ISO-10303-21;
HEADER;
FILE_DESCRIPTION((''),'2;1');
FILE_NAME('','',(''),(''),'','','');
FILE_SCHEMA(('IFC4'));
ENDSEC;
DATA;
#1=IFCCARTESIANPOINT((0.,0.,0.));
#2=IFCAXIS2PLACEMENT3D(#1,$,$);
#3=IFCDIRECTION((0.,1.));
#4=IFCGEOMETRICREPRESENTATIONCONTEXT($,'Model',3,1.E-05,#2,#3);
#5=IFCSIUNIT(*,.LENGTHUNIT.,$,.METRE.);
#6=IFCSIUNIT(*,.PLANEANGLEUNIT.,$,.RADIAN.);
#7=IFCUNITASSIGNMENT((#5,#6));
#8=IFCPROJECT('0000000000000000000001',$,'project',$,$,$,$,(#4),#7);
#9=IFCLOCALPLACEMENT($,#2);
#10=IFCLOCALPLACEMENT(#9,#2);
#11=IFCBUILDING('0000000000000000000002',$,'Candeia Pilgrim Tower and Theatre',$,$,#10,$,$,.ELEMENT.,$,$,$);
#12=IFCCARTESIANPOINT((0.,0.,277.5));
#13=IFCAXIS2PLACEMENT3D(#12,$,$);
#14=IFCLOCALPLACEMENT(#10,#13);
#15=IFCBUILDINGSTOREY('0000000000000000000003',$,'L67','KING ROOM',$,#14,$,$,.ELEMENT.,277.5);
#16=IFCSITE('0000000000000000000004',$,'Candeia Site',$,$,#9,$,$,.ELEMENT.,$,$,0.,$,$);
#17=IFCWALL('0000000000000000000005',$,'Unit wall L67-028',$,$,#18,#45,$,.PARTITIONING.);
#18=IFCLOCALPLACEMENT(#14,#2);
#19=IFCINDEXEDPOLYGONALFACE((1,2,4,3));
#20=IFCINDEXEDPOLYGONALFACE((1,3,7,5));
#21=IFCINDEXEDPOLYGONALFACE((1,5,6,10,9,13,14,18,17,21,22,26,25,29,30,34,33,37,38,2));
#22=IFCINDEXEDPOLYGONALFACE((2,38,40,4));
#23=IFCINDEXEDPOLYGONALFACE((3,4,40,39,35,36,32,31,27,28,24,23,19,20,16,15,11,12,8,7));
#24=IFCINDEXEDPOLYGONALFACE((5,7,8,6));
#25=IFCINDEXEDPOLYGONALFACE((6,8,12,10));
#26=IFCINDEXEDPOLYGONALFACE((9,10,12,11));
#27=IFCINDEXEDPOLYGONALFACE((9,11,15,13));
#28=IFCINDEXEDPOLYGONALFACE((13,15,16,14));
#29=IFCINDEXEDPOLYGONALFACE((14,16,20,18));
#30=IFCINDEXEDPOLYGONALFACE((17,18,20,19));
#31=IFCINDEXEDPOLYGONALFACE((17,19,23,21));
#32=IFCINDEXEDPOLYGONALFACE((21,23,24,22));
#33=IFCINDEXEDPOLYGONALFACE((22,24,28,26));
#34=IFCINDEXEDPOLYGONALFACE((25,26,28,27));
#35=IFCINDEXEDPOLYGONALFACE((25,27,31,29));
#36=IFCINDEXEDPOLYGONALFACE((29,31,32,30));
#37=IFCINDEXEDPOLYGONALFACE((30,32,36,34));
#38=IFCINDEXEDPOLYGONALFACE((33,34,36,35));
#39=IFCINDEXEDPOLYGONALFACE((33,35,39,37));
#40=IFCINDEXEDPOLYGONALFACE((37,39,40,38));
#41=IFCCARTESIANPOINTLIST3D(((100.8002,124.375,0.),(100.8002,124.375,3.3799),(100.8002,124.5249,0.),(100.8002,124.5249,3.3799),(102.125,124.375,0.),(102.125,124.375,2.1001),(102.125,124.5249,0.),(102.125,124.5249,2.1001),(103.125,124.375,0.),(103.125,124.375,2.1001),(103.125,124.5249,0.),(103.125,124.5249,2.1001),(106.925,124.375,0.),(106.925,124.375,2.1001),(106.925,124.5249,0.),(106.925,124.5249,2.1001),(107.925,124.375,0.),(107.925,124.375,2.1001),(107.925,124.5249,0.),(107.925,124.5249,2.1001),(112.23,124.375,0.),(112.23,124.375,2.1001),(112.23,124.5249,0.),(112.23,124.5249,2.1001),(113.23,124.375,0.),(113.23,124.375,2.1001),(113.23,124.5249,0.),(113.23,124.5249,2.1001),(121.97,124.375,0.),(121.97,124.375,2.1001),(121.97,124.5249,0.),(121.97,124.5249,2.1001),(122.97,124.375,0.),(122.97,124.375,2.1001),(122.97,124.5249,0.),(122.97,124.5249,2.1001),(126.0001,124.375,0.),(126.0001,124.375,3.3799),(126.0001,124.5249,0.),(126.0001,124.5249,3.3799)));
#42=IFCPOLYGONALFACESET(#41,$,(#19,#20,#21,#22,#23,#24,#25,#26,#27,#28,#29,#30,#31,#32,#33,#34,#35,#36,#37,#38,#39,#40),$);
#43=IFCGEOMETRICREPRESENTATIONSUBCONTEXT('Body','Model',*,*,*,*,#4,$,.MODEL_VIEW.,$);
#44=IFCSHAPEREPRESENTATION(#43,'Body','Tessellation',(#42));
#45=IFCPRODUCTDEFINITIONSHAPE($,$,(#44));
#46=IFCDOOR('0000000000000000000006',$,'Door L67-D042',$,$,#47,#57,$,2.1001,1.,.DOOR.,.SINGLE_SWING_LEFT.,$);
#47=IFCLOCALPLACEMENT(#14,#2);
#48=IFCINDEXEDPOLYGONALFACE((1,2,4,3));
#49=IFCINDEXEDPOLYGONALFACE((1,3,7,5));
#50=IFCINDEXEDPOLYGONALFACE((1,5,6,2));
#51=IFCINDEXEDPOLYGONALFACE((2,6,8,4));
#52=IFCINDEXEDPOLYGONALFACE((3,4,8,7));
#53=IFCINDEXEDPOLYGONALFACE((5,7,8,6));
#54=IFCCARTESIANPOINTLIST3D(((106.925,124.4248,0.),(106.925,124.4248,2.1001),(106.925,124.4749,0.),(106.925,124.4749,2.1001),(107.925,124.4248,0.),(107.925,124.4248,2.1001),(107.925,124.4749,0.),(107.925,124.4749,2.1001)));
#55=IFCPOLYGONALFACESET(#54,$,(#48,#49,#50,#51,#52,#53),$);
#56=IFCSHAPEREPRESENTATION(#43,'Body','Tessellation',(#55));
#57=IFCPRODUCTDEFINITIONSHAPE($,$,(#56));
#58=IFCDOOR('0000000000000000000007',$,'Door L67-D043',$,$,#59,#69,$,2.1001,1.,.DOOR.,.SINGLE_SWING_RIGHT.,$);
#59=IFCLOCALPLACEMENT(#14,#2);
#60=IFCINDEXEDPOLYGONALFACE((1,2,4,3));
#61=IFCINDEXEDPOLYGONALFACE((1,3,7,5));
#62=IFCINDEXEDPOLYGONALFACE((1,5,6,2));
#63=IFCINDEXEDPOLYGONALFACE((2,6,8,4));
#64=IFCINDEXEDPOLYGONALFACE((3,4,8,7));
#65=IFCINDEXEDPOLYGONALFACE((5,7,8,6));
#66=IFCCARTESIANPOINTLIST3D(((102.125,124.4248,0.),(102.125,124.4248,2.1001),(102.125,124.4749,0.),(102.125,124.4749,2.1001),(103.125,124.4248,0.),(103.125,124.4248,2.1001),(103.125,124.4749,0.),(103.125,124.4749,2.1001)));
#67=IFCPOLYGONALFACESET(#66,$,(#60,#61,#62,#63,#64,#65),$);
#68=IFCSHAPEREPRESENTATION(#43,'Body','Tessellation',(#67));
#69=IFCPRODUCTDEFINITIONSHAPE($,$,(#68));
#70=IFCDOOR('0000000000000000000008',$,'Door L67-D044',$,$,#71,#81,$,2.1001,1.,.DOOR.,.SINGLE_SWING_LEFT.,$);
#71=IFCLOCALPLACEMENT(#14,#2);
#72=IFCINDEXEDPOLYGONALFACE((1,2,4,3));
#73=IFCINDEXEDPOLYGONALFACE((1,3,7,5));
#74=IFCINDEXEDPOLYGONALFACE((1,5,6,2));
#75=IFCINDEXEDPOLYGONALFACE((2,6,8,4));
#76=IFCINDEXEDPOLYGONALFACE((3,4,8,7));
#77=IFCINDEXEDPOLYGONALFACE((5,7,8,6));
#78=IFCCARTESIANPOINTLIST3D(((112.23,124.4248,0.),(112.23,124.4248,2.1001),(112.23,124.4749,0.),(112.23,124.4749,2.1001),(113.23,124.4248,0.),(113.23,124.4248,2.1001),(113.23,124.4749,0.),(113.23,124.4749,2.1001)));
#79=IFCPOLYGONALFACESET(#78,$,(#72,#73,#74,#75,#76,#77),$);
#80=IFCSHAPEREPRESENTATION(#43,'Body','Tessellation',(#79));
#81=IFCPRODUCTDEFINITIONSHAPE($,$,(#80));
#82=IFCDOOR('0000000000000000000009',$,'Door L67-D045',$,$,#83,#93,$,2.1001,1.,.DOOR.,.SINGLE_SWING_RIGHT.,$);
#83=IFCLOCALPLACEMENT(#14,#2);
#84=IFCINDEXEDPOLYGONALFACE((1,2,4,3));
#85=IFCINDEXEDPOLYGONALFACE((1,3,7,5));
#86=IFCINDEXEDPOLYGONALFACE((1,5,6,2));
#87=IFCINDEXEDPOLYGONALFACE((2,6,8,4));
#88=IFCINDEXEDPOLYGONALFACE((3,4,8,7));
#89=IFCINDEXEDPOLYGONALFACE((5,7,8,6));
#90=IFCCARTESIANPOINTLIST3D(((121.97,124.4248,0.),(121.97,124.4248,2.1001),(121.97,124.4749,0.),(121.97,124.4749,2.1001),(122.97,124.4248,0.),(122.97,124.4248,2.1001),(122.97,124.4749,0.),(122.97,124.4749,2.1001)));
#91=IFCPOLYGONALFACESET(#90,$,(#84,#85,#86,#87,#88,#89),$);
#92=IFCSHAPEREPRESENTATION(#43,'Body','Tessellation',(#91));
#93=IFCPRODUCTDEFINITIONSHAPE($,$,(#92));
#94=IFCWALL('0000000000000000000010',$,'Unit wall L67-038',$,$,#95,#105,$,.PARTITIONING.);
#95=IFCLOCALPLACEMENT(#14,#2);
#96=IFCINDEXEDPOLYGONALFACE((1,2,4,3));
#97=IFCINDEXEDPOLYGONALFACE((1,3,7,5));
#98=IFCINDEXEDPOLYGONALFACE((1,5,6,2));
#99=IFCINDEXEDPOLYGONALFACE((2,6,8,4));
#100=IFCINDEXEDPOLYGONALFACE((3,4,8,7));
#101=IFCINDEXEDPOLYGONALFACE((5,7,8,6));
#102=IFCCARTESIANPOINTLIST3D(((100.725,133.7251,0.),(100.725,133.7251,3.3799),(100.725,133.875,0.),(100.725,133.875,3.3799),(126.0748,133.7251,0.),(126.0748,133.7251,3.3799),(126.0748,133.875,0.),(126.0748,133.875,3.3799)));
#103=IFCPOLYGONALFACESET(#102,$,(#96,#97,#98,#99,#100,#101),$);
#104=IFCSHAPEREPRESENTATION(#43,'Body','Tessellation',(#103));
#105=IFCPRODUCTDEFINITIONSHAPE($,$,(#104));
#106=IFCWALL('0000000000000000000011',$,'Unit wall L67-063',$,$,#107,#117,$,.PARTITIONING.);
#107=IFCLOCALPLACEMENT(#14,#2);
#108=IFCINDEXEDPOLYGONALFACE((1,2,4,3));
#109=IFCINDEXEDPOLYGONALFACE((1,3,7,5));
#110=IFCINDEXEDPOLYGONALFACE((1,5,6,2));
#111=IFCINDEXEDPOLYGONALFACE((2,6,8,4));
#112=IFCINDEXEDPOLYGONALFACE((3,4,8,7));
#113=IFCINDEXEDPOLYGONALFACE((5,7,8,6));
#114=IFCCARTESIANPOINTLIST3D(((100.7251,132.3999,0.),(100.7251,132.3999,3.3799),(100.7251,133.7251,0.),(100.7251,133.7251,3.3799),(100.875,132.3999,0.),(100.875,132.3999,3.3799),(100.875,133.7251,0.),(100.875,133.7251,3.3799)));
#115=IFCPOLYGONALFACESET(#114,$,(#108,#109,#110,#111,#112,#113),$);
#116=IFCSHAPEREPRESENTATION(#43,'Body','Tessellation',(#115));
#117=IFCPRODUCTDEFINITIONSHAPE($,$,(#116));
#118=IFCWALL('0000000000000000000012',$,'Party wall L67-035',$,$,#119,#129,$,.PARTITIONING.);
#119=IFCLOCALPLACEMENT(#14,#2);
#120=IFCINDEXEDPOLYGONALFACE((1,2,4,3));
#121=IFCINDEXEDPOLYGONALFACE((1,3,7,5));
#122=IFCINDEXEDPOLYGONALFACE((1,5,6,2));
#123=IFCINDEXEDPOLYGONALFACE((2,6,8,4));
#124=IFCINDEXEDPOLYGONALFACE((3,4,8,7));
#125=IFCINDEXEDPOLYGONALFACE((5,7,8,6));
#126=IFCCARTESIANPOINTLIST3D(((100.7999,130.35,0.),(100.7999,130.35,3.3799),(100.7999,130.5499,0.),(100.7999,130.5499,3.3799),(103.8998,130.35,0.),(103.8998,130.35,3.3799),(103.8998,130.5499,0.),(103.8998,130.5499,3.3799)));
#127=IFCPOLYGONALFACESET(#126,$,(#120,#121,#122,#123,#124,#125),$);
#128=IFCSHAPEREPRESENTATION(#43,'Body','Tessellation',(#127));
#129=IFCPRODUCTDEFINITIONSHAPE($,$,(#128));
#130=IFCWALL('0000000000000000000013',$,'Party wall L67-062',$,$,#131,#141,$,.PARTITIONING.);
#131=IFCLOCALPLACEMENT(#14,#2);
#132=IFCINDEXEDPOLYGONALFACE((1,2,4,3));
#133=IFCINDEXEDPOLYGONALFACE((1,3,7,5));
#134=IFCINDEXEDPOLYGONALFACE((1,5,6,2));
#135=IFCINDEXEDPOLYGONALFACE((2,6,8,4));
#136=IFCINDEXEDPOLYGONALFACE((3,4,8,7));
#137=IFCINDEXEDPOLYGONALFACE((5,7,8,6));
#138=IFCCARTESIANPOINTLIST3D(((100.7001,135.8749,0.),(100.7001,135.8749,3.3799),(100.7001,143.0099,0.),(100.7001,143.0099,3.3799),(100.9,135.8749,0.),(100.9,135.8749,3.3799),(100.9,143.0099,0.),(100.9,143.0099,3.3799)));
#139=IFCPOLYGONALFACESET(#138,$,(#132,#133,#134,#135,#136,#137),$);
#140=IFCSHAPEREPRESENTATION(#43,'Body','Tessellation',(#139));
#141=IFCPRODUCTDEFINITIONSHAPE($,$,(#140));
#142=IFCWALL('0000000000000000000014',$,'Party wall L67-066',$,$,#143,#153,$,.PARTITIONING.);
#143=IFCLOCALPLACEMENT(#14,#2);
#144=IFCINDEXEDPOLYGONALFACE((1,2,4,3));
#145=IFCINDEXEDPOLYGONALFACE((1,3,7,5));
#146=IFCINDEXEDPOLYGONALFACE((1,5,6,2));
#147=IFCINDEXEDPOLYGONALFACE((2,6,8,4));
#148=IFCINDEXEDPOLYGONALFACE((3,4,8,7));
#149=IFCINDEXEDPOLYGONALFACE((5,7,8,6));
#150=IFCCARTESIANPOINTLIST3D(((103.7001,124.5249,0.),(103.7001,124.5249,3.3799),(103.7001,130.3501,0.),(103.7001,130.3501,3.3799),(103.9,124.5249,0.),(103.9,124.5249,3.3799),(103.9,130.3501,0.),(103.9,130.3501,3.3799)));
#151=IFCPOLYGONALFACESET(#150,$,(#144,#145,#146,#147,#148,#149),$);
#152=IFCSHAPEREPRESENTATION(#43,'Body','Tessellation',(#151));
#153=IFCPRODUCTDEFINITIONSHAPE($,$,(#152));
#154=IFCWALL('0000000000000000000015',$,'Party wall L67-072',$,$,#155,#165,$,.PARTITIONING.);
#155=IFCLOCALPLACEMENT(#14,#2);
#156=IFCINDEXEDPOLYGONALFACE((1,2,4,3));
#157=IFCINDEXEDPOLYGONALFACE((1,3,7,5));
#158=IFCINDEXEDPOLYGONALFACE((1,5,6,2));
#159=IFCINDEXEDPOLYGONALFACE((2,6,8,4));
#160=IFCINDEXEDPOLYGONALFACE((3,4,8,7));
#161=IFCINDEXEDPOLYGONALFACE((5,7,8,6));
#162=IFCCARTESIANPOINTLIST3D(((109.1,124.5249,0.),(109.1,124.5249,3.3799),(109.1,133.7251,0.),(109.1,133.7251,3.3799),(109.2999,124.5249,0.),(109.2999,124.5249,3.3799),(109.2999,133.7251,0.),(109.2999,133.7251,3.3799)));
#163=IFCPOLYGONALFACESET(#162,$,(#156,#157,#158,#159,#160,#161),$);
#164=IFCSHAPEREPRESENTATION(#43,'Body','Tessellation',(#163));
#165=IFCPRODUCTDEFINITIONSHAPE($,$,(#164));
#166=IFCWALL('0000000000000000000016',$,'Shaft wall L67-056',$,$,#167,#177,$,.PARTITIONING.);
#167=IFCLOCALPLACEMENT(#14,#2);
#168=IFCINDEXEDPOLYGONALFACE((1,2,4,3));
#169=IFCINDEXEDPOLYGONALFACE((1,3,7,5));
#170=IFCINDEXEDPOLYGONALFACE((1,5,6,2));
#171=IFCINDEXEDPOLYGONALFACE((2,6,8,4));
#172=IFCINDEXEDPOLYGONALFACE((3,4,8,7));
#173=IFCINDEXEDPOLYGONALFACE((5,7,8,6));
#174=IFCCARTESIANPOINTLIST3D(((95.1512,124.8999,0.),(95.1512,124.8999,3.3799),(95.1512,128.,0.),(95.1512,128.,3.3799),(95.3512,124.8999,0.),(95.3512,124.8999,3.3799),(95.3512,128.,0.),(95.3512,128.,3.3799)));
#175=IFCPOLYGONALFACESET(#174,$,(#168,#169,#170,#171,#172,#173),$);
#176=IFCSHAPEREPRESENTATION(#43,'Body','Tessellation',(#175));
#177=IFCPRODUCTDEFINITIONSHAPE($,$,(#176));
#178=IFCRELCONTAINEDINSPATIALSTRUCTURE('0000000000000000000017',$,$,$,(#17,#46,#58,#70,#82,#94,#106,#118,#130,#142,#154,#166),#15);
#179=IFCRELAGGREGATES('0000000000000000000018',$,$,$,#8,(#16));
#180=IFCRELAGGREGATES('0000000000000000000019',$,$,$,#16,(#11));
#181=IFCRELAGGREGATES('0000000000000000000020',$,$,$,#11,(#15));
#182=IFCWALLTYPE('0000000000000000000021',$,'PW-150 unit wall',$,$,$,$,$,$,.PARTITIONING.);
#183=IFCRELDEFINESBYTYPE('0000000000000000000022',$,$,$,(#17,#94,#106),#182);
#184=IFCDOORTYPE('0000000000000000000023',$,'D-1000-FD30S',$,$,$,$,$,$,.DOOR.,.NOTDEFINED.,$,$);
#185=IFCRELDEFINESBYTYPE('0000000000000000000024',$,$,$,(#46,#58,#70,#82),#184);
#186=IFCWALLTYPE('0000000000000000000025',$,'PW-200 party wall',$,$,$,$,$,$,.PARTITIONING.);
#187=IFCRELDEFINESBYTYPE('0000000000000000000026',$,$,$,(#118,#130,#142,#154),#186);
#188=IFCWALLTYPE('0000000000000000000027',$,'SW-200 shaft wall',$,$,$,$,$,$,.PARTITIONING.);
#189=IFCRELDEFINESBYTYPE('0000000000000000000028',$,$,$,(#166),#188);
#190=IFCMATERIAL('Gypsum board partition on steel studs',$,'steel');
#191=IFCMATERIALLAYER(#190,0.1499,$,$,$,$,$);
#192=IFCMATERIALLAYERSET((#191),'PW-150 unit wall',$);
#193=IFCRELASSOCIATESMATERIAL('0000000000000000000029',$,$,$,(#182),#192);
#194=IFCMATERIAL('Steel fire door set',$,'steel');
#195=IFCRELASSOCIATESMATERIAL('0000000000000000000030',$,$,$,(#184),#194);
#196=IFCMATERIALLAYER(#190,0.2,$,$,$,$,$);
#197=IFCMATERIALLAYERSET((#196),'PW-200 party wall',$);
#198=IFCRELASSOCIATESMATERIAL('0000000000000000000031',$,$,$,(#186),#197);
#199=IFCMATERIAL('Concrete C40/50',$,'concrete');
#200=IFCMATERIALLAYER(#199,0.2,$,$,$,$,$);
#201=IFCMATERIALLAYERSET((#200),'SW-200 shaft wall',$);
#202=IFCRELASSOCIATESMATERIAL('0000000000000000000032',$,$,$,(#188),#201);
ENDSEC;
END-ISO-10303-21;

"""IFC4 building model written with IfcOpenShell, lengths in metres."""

from ifc_helpers import new_model, si_unit, direction, frame, frame_2d, origin, place, context, subcontext, project, spatial, rectangle, extrude, material, layer, layer_set, type_object, element, fill, save


model = new_model("IFC4")

# Units and contexts
model_context = context("Model", 3, precision=1e-05, world=origin(), true_north=direction((0.0, 1.0)))
body_context = subcontext(model_context, "Body", "Model", "MODEL_VIEW")
ifc_project = project(units=[si_unit("LENGTHUNIT", "METRE"), si_unit("PLANEANGLEUNIT", "RADIAN")], contexts=[model_context])

# Site, building, storey
site_placement = place(None, origin())
site = spatial("IfcSite", under=ifc_project, at=site_placement, Name="Candeia Site", CompositionType="ELEMENT", RefElevation=0.0)
building_placement = place(site_placement, origin())
building = spatial("IfcBuilding", under=site, at=building_placement, Name="Candeia Pilgrim Tower and Theatre", CompositionType="ELEMENT")
storey_placement = place(building_placement, frame((0.0, 0.0, 277.5)))
storey = spatial("IfcBuildingStorey", under=building, at=storey_placement, Name="L67", Description="KING ROOM", CompositionType="ELEMENT", Elevation=277.5)

# Shared definitions
ifc_material_1 = material(Name="Concrete C40/50", Category="concrete")

# Shared definitions
ifc_material_2 = material(Name="Steel fire door set", Category="steel")
ifc_material_3 = material(Name="Gypsum board partition on steel studs", Category="steel")

# Wall, openings, doors
ifc_layer_1 = layer(ifc_material_3, 0.1499)
ifc_layer_set_1 = layer_set([ifc_layer_1], Name="PW-150 unit wall")
wall_type_1 = type_object("IfcWallType", Name="PW-150 unit wall", PredefinedType="PARTITIONING", material=ifc_layer_set_1)
wall_1_placement = place(storey_placement, frame((100.8, 124.45, 0.0), z_axis=(0.0, 0.0, 1.0), x_axis=(1.0, 0.0, 0.0)))
wall_1 = element("IfcWall", 1, at=wall_1_placement, inside=storey, type_object=wall_type_1, Name="Unit wall L67-028", PredefinedType="PARTITIONING", context=body_context, shape_type="SweptSolid", body=[
    extrude(rectangle(XDim=25.2, YDim=0.1499, at=frame_2d((12.6001, 0.0))), origin(), (0.0, 0.0, 1.0), 3.3799),
])
opening_1_placement = place(wall_1_placement, frame((6.125, 0.0, 0.0)))
opening_1 = element("IfcOpeningElement", 2, at=opening_1_placement, cuts=wall_1, PredefinedType="OPENING", context=body_context, shape_type="SweptSolid", body=[
    extrude(rectangle(XDim=1.0, YDim=2.1001, at=frame_2d((0.5, 1.05))), frame((0.0, 0.085, 0.0), z_axis=(0.0, -1.0, 0.0), x_axis=(1.0, 0.0, 0.0)), (0.0, 0.0, 1.0), 0.1699),
])
opening_2_placement = place(wall_1_placement, frame((1.325, 0.0, 0.0)))
opening_2 = element("IfcOpeningElement", 3, at=opening_2_placement, cuts=wall_1, PredefinedType="OPENING", context=body_context, shape_type="SweptSolid", body=[
    extrude(rectangle(XDim=1.0, YDim=2.1001, at=frame_2d((0.5, 1.05))), frame((0.0, 0.085, 0.0), z_axis=(0.0, -1.0, 0.0), x_axis=(1.0, 0.0, 0.0)), (0.0, 0.0, 1.0), 0.1699),
])
opening_3_placement = place(wall_1_placement, frame((11.4299, 0.0, 0.0)))
opening_3 = element("IfcOpeningElement", 4, at=opening_3_placement, cuts=wall_1, PredefinedType="OPENING", context=body_context, shape_type="SweptSolid", body=[
    extrude(rectangle(XDim=1.0, YDim=2.1001, at=frame_2d((0.5, 1.05))), frame((0.0, 0.085, 0.0), z_axis=(0.0, -1.0, 0.0), x_axis=(1.0, 0.0, 0.0)), (0.0, 0.0, 1.0), 0.1699),
])
opening_4_placement = place(wall_1_placement, frame((21.1699, 0.0, 0.0)))
opening_4 = element("IfcOpeningElement", 5, at=opening_4_placement, cuts=wall_1, PredefinedType="OPENING", context=body_context, shape_type="SweptSolid", body=[
    extrude(rectangle(XDim=1.0, YDim=2.1001, at=frame_2d((0.5, 1.05))), frame((0.0, 0.085, 0.0), z_axis=(0.0, -1.0, 0.0), x_axis=(1.0, 0.0, 0.0)), (0.0, 0.0, 1.0), 0.1699),
])
door_type_1 = type_object("IfcDoorType", Name="D-1000-FD30S", OperationType="NOTDEFINED", PredefinedType="DOOR", material=ifc_material_2)
door_1_placement = place(opening_1_placement, origin())
door_1 = element("IfcDoor", 6, at=door_1_placement, inside=storey, type_object=door_type_1, Name="Door L67-D042", OperationType="SINGLE_SWING_LEFT", OverallHeight=2.1001, OverallWidth=1.0, PredefinedType="DOOR", context=body_context, shape_type="SweptSolid", body=[
    extrude(rectangle(XDim=1.0, YDim=2.1001, at=frame_2d((0.5, 1.05))), frame((0.0, 0.0249, 0.0), z_axis=(0.0, -1.0, 0.0), x_axis=(1.0, 0.0, 0.0)), (0.0, 0.0, 1.0), 0.05),
])
fill(opening_1, door_1)
door_2_placement = place(opening_2_placement, origin())
door_2 = element("IfcDoor", 7, at=door_2_placement, inside=storey, type_object=door_type_1, Name="Door L67-D043", OperationType="SINGLE_SWING_RIGHT", OverallHeight=2.1001, OverallWidth=1.0, PredefinedType="DOOR", context=body_context, shape_type="SweptSolid", body=[
    extrude(rectangle(XDim=1.0, YDim=2.1001, at=frame_2d((0.5, 1.05))), frame((0.0, 0.0249, 0.0), z_axis=(0.0, -1.0, 0.0), x_axis=(1.0, 0.0, 0.0)), (0.0, 0.0, 1.0), 0.05),
])
fill(opening_2, door_2)
door_3_placement = place(opening_3_placement, origin())
door_3 = element("IfcDoor", 8, at=door_3_placement, inside=storey, type_object=door_type_1, Name="Door L67-D044", OperationType="SINGLE_SWING_LEFT", OverallHeight=2.1001, OverallWidth=1.0, PredefinedType="DOOR", context=body_context, shape_type="SweptSolid", body=[
    extrude(rectangle(XDim=1.0, YDim=2.1001, at=frame_2d((0.5, 1.05))), frame((0.0, 0.0249, 0.0), z_axis=(0.0, -1.0, 0.0), x_axis=(1.0, 0.0, 0.0)), (0.0, 0.0, 1.0), 0.05),
])
fill(opening_3, door_3)
door_4_placement = place(opening_4_placement, origin())
door_4 = element("IfcDoor", 9, at=door_4_placement, inside=storey, type_object=door_type_1, Name="Door L67-D045", OperationType="SINGLE_SWING_RIGHT", OverallHeight=2.1001, OverallWidth=1.0, PredefinedType="DOOR", context=body_context, shape_type="SweptSolid", body=[
    extrude(rectangle(XDim=1.0, YDim=2.1001, at=frame_2d((0.5, 1.05))), frame((0.0, 0.0249, 0.0), z_axis=(0.0, -1.0, 0.0), x_axis=(1.0, 0.0, 0.0)), (0.0, 0.0, 1.0), 0.05),
])
fill(opening_4, door_4)

# Walls
wall_2_placement = place(storey_placement, frame((100.7251, 133.8, 0.0), z_axis=(0.0, 0.0, 1.0), x_axis=(1.0, 0.0, 0.0)))
element("IfcWall", 10, at=wall_2_placement, inside=storey, type_object=wall_type_1, Name="Unit wall L67-038", PredefinedType="PARTITIONING", context=body_context, shape_type="SweptSolid", body=[
    extrude(rectangle(XDim=25.3499, YDim=0.1499, at=frame_2d((12.6748, 0.0))), origin(), (0.0, 0.0, 1.0), 3.3799),
])
wall_3_placement = place(storey_placement, frame((100.8, 132.3999, 0.0), z_axis=(0.0, 0.0, 1.0), x_axis=(0.0, 1.0, 0.0)))
element("IfcWall", 11, at=wall_3_placement, inside=storey, type_object=wall_type_1, Name="Unit wall L67-063", PredefinedType="PARTITIONING", context=body_context, shape_type="SweptSolid", body=[
    extrude(rectangle(XDim=1.3252, YDim=0.1499, at=frame_2d((0.6626, 0.0))), origin(), (0.0, 0.0, 1.0), 3.3799),
])
ifc_layer_2 = layer(ifc_material_3, 0.2)
ifc_layer_set_2 = layer_set([ifc_layer_2], Name="PW-200 party wall")
wall_type_2 = type_object("IfcWallType", Name="PW-200 party wall", PredefinedType="PARTITIONING", material=ifc_layer_set_2)
wall_4_placement = place(storey_placement, frame((100.8, 130.45, 0.0), z_axis=(0.0, 0.0, 1.0), x_axis=(1.0, 0.0, 0.0)))
element("IfcWall", 12, at=wall_4_placement, inside=storey, type_object=wall_type_2, Name="Party wall L67-035", PredefinedType="PARTITIONING", context=body_context, shape_type="SweptSolid", body=[
    extrude(rectangle(XDim=3.0999, YDim=0.2, at=frame_2d((1.5498, 0.0))), origin(), (0.0, 0.0, 1.0), 3.3799),
])
wall_5_placement = place(storey_placement, frame((100.8, 135.875, 0.0), z_axis=(0.0, 0.0, 1.0), x_axis=(0.0, 1.0, 0.0)))
element("IfcWall", 13, at=wall_5_placement, inside=storey, type_object=wall_type_2, Name="Party wall L67-062", PredefinedType="PARTITIONING", context=body_context, shape_type="SweptSolid", body=[
    extrude(rectangle(XDim=7.135, YDim=0.2, at=frame_2d((3.5674, 0.0))), origin(), (0.0, 0.0, 1.0), 3.3799),
])
wall_6_placement = place(storey_placement, frame((103.8, 124.5249, 0.0), z_axis=(0.0, 0.0, 1.0), x_axis=(0.0, 1.0, 0.0)))
element("IfcWall", 14, at=wall_6_placement, inside=storey, type_object=wall_type_2, Name="Party wall L67-066", PredefinedType="PARTITIONING", context=body_context, shape_type="SweptSolid", body=[
    extrude(rectangle(XDim=5.8252, YDim=0.2, at=frame_2d((2.9126, 0.0))), origin(), (0.0, 0.0, 1.0), 3.3799),
])
wall_7_placement = place(storey_placement, frame((109.2, 124.5249, 0.0), z_axis=(0.0, 0.0, 1.0), x_axis=(0.0, 1.0, 0.0)))
element("IfcWall", 15, at=wall_7_placement, inside=storey, type_object=wall_type_2, Name="Party wall L67-072", PredefinedType="PARTITIONING", context=body_context, shape_type="SweptSolid", body=[
    extrude(rectangle(XDim=9.2002, YDim=0.2, at=frame_2d((4.6001, 0.0))), origin(), (0.0, 0.0, 1.0), 3.3799),
])
ifc_layer_3 = layer(ifc_material_1, 0.2)
ifc_layer_set_3 = layer_set([ifc_layer_3], Name="SW-200 shaft wall")
wall_type_3 = type_object("IfcWallType", Name="SW-200 shaft wall", PredefinedType="PARTITIONING", material=ifc_layer_set_3)
for number, where, z_axis, x_axis, name in (
    (16, (95.2512, 124.8999, 0.0), (0.0, 0.0, 1.0), (0.0, 1.0, 0.0), "Shaft wall L67-056"),
):
    element("IfcWall", number, at=place(storey_placement, frame(where, z_axis=z_axis, x_axis=x_axis)), inside=storey, type_object=wall_type_3, Name=name, PredefinedType="PARTITIONING", context=body_context, shape_type="SweptSolid", body=[
        extrude(rectangle(XDim=3.1001, YDim=0.2, at=frame_2d((1.55, 0.0))), origin(), (0.0, 0.0, 1.0), 3.3799),
    ])

save(model, "model.ifc")
